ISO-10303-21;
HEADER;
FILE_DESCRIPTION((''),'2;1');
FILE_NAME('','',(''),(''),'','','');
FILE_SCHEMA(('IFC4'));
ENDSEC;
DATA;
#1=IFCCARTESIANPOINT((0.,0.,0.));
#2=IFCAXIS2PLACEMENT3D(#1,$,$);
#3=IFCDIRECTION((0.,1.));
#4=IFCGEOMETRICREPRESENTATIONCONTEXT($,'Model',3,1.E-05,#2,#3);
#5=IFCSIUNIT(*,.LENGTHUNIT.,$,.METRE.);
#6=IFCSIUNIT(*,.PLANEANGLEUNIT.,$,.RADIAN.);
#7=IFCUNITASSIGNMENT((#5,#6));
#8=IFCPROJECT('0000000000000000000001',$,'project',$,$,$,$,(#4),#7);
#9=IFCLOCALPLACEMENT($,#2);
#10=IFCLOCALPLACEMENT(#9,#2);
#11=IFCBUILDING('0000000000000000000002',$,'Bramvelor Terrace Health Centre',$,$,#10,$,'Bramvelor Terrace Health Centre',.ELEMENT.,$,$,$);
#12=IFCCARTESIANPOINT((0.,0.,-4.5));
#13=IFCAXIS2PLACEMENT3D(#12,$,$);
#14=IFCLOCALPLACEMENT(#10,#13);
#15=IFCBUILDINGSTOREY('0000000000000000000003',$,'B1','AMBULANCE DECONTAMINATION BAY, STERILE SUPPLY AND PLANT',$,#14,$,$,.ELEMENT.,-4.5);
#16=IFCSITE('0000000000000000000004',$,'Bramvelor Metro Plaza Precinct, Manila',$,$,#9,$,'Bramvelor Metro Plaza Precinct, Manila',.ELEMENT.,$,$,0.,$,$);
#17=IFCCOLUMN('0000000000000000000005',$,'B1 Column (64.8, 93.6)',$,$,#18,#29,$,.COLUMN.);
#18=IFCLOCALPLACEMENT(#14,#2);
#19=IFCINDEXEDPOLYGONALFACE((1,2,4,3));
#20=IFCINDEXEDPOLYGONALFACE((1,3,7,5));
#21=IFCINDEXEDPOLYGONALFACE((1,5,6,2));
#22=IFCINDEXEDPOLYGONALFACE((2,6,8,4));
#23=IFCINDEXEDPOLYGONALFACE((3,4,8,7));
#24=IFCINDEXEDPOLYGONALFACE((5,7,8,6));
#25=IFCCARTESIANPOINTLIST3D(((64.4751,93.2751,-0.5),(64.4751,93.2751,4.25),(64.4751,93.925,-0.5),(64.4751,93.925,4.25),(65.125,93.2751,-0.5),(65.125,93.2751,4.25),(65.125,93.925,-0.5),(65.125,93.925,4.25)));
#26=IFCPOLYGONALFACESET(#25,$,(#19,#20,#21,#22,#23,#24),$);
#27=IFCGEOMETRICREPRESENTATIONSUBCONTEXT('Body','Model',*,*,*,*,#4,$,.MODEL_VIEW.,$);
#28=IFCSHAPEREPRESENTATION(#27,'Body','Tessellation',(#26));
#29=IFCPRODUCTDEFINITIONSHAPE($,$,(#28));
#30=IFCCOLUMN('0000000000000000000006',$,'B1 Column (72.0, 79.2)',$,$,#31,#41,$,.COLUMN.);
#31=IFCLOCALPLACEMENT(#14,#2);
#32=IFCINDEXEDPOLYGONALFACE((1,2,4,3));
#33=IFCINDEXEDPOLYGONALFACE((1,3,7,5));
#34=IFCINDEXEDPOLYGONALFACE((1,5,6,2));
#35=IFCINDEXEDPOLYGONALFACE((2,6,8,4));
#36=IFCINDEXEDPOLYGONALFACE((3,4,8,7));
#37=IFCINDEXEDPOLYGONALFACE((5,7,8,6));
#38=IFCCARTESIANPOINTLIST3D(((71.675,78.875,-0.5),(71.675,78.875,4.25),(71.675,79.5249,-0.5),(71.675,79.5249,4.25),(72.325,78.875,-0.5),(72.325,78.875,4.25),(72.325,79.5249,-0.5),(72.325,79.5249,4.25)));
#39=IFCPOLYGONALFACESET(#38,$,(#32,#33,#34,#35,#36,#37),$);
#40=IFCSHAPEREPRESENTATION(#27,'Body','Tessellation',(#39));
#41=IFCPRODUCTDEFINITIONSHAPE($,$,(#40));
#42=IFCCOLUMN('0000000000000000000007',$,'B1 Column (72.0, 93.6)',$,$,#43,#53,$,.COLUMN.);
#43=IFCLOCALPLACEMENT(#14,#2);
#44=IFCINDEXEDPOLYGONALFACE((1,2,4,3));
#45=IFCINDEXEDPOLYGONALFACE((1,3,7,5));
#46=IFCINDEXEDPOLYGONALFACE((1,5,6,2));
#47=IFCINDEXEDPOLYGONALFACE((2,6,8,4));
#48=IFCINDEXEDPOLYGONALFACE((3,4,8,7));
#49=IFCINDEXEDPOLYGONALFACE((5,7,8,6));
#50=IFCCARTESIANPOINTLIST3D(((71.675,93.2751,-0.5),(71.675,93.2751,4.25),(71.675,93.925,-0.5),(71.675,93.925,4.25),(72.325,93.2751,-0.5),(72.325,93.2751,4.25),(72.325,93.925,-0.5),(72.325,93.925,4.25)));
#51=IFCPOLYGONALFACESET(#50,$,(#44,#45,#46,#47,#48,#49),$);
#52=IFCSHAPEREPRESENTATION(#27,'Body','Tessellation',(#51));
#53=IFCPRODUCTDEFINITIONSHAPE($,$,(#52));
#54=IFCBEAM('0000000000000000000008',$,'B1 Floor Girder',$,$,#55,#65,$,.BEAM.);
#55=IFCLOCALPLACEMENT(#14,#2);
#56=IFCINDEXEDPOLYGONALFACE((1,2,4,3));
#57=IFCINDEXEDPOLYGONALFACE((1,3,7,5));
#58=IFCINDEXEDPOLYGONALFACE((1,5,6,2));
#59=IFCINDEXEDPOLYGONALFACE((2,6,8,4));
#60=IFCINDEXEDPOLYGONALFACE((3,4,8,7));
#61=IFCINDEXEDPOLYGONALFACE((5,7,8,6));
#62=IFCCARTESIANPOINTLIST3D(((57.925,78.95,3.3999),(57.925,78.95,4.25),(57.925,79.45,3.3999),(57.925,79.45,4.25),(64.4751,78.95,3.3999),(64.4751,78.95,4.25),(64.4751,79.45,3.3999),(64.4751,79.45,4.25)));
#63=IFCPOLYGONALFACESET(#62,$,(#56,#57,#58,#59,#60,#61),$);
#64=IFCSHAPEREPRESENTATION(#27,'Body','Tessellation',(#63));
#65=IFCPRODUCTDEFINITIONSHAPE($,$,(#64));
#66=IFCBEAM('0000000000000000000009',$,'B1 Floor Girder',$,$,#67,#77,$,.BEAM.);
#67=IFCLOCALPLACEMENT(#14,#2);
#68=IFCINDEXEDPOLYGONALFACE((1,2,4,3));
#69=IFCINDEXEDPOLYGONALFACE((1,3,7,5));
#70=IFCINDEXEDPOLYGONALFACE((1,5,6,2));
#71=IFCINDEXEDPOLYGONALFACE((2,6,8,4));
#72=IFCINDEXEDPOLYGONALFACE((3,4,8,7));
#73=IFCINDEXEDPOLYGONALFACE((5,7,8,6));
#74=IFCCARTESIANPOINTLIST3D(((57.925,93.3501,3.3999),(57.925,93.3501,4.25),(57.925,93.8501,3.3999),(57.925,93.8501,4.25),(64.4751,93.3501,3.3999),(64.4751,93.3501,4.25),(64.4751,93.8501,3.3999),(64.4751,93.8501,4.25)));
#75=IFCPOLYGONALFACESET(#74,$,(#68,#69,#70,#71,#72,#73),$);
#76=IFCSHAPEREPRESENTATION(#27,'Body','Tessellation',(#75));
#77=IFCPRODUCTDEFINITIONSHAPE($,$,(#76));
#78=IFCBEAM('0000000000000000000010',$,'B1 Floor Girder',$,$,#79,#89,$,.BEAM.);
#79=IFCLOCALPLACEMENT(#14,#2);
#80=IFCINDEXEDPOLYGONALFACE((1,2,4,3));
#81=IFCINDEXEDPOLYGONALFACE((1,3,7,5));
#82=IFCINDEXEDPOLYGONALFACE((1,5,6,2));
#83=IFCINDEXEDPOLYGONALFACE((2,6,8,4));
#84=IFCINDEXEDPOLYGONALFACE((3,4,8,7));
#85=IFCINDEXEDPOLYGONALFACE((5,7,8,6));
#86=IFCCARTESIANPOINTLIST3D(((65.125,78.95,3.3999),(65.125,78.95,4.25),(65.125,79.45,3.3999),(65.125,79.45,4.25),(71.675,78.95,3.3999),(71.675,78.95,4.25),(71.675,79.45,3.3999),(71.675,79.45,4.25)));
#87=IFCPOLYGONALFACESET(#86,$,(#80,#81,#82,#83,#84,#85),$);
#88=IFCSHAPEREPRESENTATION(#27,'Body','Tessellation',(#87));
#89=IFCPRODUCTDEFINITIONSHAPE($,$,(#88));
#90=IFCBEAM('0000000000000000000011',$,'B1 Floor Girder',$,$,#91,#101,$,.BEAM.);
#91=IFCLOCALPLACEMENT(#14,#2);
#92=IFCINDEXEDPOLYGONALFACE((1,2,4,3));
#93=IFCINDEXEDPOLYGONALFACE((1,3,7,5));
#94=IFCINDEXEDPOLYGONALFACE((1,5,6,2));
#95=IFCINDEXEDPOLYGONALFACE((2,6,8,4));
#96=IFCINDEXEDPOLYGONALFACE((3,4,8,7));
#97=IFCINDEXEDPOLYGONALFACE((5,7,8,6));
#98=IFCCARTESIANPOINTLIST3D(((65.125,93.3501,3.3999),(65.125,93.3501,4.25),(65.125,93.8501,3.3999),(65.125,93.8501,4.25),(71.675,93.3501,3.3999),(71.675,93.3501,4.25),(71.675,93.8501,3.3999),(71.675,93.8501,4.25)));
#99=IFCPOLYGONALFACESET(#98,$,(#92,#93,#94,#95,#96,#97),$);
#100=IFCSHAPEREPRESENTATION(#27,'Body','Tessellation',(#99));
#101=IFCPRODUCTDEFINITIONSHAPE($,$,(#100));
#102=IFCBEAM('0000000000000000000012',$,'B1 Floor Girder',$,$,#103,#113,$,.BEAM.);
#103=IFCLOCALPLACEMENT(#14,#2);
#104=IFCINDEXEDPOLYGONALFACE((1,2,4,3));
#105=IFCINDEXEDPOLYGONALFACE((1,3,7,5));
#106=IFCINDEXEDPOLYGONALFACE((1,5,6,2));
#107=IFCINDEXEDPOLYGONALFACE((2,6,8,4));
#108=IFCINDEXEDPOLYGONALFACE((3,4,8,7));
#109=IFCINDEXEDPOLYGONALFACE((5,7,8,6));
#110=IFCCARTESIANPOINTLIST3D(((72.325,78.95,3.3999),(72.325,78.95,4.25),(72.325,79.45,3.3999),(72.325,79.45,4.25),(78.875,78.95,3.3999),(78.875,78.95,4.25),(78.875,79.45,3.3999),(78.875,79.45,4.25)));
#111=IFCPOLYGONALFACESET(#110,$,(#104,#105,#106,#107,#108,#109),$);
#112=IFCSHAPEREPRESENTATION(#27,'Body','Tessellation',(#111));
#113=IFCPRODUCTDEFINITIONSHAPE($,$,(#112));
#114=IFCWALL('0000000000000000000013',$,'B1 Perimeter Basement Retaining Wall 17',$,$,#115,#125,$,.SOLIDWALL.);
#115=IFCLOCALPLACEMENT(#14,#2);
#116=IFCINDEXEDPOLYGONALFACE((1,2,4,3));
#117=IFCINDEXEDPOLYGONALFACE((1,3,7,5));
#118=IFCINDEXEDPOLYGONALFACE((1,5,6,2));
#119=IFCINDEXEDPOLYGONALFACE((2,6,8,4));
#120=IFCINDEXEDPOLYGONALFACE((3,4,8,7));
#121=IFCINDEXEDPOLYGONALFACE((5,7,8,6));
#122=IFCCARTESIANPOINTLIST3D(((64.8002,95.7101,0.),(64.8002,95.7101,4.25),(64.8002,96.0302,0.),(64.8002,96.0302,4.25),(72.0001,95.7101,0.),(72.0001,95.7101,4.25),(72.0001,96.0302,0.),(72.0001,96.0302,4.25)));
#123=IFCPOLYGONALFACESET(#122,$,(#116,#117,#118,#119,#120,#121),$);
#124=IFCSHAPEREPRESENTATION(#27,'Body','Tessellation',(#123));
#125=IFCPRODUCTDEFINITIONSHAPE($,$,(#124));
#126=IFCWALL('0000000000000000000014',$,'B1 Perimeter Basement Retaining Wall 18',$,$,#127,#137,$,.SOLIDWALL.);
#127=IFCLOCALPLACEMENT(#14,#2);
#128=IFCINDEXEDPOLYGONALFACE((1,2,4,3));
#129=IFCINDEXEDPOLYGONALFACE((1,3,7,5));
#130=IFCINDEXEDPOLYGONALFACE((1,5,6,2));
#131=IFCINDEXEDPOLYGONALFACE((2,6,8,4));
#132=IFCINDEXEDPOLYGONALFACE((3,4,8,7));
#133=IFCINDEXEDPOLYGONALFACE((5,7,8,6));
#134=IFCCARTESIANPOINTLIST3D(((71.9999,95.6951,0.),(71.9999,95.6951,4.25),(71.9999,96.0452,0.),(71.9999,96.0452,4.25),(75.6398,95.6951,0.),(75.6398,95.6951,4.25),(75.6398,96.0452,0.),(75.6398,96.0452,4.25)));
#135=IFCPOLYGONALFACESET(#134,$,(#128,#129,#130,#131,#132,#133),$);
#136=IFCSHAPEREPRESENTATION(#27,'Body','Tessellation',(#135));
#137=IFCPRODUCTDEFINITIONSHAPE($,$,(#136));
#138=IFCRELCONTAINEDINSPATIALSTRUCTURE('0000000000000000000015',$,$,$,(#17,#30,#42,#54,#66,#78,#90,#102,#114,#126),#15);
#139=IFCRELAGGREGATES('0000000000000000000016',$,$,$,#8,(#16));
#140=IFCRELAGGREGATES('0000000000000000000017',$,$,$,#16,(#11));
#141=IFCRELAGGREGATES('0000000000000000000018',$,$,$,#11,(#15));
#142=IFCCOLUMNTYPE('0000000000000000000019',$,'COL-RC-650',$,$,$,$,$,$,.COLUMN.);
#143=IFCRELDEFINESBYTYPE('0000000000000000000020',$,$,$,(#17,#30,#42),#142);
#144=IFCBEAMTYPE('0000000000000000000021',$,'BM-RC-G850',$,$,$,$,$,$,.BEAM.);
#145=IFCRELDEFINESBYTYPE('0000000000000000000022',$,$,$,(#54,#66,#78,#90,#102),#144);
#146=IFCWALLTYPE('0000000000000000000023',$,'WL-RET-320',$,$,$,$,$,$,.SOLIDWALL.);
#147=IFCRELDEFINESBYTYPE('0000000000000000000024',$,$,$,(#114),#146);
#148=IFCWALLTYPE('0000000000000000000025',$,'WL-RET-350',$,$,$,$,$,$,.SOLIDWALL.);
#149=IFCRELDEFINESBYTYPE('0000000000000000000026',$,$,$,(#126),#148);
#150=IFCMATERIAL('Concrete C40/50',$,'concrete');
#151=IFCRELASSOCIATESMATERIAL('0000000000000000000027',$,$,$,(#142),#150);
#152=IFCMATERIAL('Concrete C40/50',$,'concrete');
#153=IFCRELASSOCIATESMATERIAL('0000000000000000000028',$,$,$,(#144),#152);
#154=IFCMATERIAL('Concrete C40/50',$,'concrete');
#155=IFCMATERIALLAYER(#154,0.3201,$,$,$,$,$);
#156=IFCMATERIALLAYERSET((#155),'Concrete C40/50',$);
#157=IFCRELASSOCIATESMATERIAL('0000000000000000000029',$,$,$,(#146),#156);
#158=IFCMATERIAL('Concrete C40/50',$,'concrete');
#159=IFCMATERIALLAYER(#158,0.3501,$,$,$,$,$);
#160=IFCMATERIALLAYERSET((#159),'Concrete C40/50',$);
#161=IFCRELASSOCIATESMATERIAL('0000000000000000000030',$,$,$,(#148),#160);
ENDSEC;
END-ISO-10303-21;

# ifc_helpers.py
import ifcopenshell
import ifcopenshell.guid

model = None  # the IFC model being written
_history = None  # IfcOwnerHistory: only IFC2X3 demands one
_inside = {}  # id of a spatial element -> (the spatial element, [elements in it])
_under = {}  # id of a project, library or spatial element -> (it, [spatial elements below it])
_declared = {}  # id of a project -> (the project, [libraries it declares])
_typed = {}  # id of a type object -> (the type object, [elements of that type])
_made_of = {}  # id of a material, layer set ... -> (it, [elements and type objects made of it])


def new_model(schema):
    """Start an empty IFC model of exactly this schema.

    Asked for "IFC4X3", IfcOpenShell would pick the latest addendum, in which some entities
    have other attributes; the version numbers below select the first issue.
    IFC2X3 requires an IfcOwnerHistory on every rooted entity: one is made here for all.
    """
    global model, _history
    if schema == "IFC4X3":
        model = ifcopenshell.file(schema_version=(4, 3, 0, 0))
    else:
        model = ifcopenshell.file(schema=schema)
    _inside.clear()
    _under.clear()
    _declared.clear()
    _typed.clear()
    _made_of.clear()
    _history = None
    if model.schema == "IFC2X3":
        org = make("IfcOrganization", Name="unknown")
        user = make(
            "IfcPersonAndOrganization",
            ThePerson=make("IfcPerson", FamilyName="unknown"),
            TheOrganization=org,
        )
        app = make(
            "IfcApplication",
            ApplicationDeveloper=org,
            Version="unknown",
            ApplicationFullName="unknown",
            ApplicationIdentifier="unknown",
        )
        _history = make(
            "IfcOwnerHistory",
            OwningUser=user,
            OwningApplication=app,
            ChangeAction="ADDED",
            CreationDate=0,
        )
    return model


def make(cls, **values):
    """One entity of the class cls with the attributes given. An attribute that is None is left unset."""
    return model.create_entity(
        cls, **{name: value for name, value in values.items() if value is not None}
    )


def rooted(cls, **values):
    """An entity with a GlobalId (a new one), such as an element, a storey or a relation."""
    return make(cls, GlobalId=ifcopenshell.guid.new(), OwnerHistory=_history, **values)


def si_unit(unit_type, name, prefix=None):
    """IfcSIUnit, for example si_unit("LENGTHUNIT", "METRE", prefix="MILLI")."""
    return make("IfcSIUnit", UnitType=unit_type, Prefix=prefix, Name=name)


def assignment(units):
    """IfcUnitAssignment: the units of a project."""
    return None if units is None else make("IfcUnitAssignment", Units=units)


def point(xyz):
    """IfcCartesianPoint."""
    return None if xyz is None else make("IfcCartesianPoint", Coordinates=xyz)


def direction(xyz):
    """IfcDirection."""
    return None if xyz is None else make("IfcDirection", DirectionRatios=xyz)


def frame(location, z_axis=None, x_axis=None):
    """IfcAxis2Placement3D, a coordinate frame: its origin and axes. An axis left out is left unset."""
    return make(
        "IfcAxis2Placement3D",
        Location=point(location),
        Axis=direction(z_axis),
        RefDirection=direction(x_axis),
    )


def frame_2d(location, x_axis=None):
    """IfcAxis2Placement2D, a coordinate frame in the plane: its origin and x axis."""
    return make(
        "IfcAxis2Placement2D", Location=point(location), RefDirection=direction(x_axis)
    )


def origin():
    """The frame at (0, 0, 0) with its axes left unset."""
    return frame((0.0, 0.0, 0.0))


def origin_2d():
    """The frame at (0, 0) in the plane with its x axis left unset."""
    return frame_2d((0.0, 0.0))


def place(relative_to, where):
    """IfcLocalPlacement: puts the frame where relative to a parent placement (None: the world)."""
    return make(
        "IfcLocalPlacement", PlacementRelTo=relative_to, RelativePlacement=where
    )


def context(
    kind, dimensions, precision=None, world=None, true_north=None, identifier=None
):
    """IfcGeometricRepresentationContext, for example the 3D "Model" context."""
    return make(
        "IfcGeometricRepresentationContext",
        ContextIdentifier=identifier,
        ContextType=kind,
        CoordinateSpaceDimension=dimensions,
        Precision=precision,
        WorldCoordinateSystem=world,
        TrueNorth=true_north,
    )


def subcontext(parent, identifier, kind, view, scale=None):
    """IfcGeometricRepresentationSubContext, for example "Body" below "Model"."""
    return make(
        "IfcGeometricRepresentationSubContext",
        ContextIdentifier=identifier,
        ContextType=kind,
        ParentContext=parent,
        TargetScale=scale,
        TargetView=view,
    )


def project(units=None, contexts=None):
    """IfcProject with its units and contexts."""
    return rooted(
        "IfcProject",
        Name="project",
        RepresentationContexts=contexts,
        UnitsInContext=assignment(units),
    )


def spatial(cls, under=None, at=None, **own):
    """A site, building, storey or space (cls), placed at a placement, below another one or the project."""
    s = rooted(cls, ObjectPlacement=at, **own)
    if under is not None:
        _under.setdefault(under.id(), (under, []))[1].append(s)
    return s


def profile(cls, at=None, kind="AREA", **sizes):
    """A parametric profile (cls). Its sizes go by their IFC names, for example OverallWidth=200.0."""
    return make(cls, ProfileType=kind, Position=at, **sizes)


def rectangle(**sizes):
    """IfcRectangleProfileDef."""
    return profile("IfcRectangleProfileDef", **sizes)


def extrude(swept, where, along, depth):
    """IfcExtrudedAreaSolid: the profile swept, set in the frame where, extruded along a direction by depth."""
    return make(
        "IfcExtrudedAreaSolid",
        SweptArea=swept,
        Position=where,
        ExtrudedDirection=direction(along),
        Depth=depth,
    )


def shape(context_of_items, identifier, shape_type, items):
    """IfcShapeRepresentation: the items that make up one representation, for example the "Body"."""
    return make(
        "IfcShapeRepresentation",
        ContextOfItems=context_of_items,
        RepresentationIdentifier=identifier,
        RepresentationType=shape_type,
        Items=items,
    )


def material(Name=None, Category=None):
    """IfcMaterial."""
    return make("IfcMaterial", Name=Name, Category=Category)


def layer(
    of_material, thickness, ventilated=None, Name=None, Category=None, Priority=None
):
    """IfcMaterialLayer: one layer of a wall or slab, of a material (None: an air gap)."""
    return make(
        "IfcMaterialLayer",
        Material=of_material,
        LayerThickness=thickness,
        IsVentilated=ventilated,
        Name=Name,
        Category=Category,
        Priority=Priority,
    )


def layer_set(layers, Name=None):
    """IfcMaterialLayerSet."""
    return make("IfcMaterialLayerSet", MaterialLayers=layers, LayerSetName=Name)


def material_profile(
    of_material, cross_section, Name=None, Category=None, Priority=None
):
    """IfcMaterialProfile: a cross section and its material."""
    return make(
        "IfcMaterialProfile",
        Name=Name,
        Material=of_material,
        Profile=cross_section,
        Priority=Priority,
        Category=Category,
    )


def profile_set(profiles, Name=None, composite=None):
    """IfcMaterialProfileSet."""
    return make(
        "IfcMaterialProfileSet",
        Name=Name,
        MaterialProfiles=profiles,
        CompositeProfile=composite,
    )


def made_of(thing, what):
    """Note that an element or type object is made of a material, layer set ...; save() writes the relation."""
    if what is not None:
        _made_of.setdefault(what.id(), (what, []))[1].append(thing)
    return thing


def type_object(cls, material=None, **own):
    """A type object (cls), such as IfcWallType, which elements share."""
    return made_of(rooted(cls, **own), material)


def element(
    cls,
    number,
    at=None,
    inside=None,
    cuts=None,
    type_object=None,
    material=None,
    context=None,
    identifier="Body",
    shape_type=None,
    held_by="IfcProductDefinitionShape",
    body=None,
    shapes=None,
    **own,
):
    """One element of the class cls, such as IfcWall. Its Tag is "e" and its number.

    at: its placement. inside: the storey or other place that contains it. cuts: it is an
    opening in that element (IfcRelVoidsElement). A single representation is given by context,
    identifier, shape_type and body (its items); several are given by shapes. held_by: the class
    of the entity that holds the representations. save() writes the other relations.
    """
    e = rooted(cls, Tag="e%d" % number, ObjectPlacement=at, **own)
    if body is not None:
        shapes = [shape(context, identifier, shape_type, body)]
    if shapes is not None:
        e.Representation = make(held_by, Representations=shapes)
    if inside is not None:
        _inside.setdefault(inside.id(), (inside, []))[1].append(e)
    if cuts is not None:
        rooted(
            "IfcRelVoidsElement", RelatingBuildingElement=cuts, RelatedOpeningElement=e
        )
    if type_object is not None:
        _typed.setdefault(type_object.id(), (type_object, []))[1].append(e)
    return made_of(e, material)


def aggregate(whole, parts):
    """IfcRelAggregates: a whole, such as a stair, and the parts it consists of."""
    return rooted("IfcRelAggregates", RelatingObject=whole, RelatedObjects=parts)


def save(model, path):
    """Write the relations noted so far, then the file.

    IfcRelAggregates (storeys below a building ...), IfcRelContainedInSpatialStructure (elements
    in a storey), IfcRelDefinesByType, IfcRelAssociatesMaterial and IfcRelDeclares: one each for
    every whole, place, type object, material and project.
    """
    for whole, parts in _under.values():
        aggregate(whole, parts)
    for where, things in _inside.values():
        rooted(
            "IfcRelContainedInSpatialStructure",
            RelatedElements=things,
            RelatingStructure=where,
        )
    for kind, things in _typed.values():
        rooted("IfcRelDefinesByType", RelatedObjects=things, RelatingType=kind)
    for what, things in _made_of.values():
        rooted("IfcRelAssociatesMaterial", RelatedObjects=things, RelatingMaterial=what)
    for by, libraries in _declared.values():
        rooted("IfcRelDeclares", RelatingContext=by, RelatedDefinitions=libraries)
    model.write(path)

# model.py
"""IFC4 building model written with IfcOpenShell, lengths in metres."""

from ifc_helpers import new_model, si_unit, direction, frame, frame_2d, origin, origin_2d, place, context, subcontext, project, spatial, rectangle, extrude, material, layer, layer_set, material_profile, profile_set, type_object, element, save


model = new_model("IFC4")

# Units and contexts
model_context = context("Model", 3, precision=1e-05, world=origin(), true_north=direction((0.0, 1.0)))
body_context = subcontext(model_context, "Body", "Model", "MODEL_VIEW")
ifc_project = project(units=[si_unit("LENGTHUNIT", "METRE"), si_unit("PLANEANGLEUNIT", "RADIAN")], contexts=[model_context])

# Site, building, storey
site_placement = place(None, origin())
site = spatial("IfcSite", under=ifc_project, at=site_placement, Name="Bramvelor Metro Plaza Precinct, Manila", LongName="Bramvelor Metro Plaza Precinct, Manila", CompositionType="ELEMENT", RefElevation=0.0)
building_placement = place(site_placement, origin())
building = spatial("IfcBuilding", under=site, at=building_placement, Name="Bramvelor Terrace Health Centre", LongName="Bramvelor Terrace Health Centre", CompositionType="ELEMENT")
storey_placement = place(building_placement, frame((0.0, 0.0, -4.5)))
storey = spatial("IfcBuildingStorey", under=building, at=storey_placement, Name="B1", Description="AMBULANCE DECONTAMINATION BAY, STERILE SUPPLY AND PLANT", CompositionType="ELEMENT", Elevation=-4.5)

# Columns
ifc_material_1 = material(Name="Concrete C40/50", Category="concrete")
ifc_material_profile_1 = material_profile(ifc_material_1, rectangle(XDim=0.6499, YDim=0.6499, at=origin_2d()), Name="RC 650x650")
ifc_profile_set_1 = profile_set([ifc_material_profile_1], Name="Concrete C40/50")
column_type = type_object("IfcColumnType", Name="COL-RC-650", PredefinedType="COLUMN", material=ifc_profile_set_1)
for number, where, z_axis, x_axis, name in (
    (1, (64.8, 93.6001, -0.5), (0.0, 0.0, 1.0), (1.0, 0.0, 0.0), "B1 Column (64.8, 93.6)"),
    (2, (72.0, 79.2, -0.5), (0.0, 0.0, 1.0), (1.0, 0.0, 0.0), "B1 Column (72.0, 79.2)"),
    (3, (72.0, 93.6001, -0.5), (0.0, 0.0, 1.0), (1.0, 0.0, 0.0), "B1 Column (72.0, 93.6)"),
):
    element("IfcColumn", number, at=place(storey_placement, frame(where, z_axis=z_axis, x_axis=x_axis)), inside=storey, type_object=column_type, Name=name, PredefinedType="COLUMN", context=body_context, shape_type="SweptSolid", body=[
        extrude(rectangle(XDim=0.6499, YDim=0.6499, at=origin_2d()), origin(), (0.0, 0.0, 1.0), 4.75),
    ])

# Beams
ifc_material_2 = material(Name="Concrete C40/50", Category="concrete")
ifc_material_profile_2 = material_profile(ifc_material_2, rectangle(XDim=0.5, YDim=0.8501, at=origin_2d()), Name="RC 500x850")
ifc_profile_set_2 = profile_set([ifc_material_profile_2], Name="Concrete C40/50")
beam_type = type_object("IfcBeamType", Name="BM-RC-G850", PredefinedType="BEAM", material=ifc_profile_set_2)
for number, where, z_axis, x_axis, name in (
    (4, (57.925, 79.2, 3.825), (1.0, 0.0, 0.0), (0.0, 1.0, 0.0), "B1 Floor Girder"),
    (5, (57.925, 93.6001, 3.825), (1.0, 0.0, 0.0), (0.0, 1.0, 0.0), "B1 Floor Girder"),
    (6, (65.125, 79.2, 3.825), (1.0, 0.0, 0.0), (0.0, 1.0, 0.0), "B1 Floor Girder"),
    (7, (65.125, 93.6001, 3.825), (1.0, 0.0, 0.0), (0.0, 1.0, 0.0), "B1 Floor Girder"),
    (8, (72.325, 79.2, 3.825), (1.0, 0.0, 0.0), (0.0, 1.0, 0.0), "B1 Floor Girder"),
):
    element("IfcBeam", number, at=place(storey_placement, frame(where, z_axis=z_axis, x_axis=x_axis)), inside=storey, type_object=beam_type, Name=name, PredefinedType="BEAM", context=body_context, shape_type="SweptSolid", body=[
        extrude(rectangle(XDim=0.5, YDim=0.8501, at=origin_2d()), origin(), (0.0, 0.0, 1.0), 6.55),
    ])

# Walls
ifc_material_3 = material(Name="Concrete C40/50", Category="concrete")
ifc_layer_1 = layer(ifc_material_3, 0.3201)
ifc_layer_set_1 = layer_set([ifc_layer_1], Name="Concrete C40/50")
wall_type_1 = type_object("IfcWallType", Name="WL-RET-320", PredefinedType="SOLIDWALL", material=ifc_layer_set_1)
wall_1_placement = place(storey_placement, frame((64.8, 95.8701, 0.0), z_axis=(0.0, 0.0, 1.0), x_axis=(1.0, 0.0, 0.0)))
element("IfcWall", 9, at=wall_1_placement, inside=storey, type_object=wall_type_1, Name="B1 Perimeter Basement Retaining Wall 17", PredefinedType="SOLIDWALL", context=body_context, shape_type="SweptSolid", body=[
    extrude(rectangle(XDim=7.2, YDim=0.3201, at=frame_2d((3.6001, 0.0))), origin(), (0.0, 0.0, 1.0), 4.25),
])
ifc_material_4 = material(Name="Concrete C40/50", Category="concrete")
ifc_layer_2 = layer(ifc_material_4, 0.3501)
ifc_layer_set_2 = layer_set([ifc_layer_2], Name="Concrete C40/50")
wall_type_2 = type_object("IfcWallType", Name="WL-RET-350", PredefinedType="SOLIDWALL", material=ifc_layer_set_2)
wall_2_placement = place(storey_placement, frame((72.0, 95.8701, 0.0), z_axis=(0.0, 0.0, 1.0), x_axis=(1.0, 0.0, 0.0)))
element("IfcWall", 10, at=wall_2_placement, inside=storey, type_object=wall_type_2, Name="B1 Perimeter Basement Retaining Wall 18", PredefinedType="SOLIDWALL", context=body_context, shape_type="SweptSolid", body=[
    extrude(rectangle(XDim=3.6399, YDim=0.3501, at=frame_2d((1.8198, 0.0))), origin(), (0.0, 0.0, 1.0), 4.25),
])

save(model, "model.ifc")
